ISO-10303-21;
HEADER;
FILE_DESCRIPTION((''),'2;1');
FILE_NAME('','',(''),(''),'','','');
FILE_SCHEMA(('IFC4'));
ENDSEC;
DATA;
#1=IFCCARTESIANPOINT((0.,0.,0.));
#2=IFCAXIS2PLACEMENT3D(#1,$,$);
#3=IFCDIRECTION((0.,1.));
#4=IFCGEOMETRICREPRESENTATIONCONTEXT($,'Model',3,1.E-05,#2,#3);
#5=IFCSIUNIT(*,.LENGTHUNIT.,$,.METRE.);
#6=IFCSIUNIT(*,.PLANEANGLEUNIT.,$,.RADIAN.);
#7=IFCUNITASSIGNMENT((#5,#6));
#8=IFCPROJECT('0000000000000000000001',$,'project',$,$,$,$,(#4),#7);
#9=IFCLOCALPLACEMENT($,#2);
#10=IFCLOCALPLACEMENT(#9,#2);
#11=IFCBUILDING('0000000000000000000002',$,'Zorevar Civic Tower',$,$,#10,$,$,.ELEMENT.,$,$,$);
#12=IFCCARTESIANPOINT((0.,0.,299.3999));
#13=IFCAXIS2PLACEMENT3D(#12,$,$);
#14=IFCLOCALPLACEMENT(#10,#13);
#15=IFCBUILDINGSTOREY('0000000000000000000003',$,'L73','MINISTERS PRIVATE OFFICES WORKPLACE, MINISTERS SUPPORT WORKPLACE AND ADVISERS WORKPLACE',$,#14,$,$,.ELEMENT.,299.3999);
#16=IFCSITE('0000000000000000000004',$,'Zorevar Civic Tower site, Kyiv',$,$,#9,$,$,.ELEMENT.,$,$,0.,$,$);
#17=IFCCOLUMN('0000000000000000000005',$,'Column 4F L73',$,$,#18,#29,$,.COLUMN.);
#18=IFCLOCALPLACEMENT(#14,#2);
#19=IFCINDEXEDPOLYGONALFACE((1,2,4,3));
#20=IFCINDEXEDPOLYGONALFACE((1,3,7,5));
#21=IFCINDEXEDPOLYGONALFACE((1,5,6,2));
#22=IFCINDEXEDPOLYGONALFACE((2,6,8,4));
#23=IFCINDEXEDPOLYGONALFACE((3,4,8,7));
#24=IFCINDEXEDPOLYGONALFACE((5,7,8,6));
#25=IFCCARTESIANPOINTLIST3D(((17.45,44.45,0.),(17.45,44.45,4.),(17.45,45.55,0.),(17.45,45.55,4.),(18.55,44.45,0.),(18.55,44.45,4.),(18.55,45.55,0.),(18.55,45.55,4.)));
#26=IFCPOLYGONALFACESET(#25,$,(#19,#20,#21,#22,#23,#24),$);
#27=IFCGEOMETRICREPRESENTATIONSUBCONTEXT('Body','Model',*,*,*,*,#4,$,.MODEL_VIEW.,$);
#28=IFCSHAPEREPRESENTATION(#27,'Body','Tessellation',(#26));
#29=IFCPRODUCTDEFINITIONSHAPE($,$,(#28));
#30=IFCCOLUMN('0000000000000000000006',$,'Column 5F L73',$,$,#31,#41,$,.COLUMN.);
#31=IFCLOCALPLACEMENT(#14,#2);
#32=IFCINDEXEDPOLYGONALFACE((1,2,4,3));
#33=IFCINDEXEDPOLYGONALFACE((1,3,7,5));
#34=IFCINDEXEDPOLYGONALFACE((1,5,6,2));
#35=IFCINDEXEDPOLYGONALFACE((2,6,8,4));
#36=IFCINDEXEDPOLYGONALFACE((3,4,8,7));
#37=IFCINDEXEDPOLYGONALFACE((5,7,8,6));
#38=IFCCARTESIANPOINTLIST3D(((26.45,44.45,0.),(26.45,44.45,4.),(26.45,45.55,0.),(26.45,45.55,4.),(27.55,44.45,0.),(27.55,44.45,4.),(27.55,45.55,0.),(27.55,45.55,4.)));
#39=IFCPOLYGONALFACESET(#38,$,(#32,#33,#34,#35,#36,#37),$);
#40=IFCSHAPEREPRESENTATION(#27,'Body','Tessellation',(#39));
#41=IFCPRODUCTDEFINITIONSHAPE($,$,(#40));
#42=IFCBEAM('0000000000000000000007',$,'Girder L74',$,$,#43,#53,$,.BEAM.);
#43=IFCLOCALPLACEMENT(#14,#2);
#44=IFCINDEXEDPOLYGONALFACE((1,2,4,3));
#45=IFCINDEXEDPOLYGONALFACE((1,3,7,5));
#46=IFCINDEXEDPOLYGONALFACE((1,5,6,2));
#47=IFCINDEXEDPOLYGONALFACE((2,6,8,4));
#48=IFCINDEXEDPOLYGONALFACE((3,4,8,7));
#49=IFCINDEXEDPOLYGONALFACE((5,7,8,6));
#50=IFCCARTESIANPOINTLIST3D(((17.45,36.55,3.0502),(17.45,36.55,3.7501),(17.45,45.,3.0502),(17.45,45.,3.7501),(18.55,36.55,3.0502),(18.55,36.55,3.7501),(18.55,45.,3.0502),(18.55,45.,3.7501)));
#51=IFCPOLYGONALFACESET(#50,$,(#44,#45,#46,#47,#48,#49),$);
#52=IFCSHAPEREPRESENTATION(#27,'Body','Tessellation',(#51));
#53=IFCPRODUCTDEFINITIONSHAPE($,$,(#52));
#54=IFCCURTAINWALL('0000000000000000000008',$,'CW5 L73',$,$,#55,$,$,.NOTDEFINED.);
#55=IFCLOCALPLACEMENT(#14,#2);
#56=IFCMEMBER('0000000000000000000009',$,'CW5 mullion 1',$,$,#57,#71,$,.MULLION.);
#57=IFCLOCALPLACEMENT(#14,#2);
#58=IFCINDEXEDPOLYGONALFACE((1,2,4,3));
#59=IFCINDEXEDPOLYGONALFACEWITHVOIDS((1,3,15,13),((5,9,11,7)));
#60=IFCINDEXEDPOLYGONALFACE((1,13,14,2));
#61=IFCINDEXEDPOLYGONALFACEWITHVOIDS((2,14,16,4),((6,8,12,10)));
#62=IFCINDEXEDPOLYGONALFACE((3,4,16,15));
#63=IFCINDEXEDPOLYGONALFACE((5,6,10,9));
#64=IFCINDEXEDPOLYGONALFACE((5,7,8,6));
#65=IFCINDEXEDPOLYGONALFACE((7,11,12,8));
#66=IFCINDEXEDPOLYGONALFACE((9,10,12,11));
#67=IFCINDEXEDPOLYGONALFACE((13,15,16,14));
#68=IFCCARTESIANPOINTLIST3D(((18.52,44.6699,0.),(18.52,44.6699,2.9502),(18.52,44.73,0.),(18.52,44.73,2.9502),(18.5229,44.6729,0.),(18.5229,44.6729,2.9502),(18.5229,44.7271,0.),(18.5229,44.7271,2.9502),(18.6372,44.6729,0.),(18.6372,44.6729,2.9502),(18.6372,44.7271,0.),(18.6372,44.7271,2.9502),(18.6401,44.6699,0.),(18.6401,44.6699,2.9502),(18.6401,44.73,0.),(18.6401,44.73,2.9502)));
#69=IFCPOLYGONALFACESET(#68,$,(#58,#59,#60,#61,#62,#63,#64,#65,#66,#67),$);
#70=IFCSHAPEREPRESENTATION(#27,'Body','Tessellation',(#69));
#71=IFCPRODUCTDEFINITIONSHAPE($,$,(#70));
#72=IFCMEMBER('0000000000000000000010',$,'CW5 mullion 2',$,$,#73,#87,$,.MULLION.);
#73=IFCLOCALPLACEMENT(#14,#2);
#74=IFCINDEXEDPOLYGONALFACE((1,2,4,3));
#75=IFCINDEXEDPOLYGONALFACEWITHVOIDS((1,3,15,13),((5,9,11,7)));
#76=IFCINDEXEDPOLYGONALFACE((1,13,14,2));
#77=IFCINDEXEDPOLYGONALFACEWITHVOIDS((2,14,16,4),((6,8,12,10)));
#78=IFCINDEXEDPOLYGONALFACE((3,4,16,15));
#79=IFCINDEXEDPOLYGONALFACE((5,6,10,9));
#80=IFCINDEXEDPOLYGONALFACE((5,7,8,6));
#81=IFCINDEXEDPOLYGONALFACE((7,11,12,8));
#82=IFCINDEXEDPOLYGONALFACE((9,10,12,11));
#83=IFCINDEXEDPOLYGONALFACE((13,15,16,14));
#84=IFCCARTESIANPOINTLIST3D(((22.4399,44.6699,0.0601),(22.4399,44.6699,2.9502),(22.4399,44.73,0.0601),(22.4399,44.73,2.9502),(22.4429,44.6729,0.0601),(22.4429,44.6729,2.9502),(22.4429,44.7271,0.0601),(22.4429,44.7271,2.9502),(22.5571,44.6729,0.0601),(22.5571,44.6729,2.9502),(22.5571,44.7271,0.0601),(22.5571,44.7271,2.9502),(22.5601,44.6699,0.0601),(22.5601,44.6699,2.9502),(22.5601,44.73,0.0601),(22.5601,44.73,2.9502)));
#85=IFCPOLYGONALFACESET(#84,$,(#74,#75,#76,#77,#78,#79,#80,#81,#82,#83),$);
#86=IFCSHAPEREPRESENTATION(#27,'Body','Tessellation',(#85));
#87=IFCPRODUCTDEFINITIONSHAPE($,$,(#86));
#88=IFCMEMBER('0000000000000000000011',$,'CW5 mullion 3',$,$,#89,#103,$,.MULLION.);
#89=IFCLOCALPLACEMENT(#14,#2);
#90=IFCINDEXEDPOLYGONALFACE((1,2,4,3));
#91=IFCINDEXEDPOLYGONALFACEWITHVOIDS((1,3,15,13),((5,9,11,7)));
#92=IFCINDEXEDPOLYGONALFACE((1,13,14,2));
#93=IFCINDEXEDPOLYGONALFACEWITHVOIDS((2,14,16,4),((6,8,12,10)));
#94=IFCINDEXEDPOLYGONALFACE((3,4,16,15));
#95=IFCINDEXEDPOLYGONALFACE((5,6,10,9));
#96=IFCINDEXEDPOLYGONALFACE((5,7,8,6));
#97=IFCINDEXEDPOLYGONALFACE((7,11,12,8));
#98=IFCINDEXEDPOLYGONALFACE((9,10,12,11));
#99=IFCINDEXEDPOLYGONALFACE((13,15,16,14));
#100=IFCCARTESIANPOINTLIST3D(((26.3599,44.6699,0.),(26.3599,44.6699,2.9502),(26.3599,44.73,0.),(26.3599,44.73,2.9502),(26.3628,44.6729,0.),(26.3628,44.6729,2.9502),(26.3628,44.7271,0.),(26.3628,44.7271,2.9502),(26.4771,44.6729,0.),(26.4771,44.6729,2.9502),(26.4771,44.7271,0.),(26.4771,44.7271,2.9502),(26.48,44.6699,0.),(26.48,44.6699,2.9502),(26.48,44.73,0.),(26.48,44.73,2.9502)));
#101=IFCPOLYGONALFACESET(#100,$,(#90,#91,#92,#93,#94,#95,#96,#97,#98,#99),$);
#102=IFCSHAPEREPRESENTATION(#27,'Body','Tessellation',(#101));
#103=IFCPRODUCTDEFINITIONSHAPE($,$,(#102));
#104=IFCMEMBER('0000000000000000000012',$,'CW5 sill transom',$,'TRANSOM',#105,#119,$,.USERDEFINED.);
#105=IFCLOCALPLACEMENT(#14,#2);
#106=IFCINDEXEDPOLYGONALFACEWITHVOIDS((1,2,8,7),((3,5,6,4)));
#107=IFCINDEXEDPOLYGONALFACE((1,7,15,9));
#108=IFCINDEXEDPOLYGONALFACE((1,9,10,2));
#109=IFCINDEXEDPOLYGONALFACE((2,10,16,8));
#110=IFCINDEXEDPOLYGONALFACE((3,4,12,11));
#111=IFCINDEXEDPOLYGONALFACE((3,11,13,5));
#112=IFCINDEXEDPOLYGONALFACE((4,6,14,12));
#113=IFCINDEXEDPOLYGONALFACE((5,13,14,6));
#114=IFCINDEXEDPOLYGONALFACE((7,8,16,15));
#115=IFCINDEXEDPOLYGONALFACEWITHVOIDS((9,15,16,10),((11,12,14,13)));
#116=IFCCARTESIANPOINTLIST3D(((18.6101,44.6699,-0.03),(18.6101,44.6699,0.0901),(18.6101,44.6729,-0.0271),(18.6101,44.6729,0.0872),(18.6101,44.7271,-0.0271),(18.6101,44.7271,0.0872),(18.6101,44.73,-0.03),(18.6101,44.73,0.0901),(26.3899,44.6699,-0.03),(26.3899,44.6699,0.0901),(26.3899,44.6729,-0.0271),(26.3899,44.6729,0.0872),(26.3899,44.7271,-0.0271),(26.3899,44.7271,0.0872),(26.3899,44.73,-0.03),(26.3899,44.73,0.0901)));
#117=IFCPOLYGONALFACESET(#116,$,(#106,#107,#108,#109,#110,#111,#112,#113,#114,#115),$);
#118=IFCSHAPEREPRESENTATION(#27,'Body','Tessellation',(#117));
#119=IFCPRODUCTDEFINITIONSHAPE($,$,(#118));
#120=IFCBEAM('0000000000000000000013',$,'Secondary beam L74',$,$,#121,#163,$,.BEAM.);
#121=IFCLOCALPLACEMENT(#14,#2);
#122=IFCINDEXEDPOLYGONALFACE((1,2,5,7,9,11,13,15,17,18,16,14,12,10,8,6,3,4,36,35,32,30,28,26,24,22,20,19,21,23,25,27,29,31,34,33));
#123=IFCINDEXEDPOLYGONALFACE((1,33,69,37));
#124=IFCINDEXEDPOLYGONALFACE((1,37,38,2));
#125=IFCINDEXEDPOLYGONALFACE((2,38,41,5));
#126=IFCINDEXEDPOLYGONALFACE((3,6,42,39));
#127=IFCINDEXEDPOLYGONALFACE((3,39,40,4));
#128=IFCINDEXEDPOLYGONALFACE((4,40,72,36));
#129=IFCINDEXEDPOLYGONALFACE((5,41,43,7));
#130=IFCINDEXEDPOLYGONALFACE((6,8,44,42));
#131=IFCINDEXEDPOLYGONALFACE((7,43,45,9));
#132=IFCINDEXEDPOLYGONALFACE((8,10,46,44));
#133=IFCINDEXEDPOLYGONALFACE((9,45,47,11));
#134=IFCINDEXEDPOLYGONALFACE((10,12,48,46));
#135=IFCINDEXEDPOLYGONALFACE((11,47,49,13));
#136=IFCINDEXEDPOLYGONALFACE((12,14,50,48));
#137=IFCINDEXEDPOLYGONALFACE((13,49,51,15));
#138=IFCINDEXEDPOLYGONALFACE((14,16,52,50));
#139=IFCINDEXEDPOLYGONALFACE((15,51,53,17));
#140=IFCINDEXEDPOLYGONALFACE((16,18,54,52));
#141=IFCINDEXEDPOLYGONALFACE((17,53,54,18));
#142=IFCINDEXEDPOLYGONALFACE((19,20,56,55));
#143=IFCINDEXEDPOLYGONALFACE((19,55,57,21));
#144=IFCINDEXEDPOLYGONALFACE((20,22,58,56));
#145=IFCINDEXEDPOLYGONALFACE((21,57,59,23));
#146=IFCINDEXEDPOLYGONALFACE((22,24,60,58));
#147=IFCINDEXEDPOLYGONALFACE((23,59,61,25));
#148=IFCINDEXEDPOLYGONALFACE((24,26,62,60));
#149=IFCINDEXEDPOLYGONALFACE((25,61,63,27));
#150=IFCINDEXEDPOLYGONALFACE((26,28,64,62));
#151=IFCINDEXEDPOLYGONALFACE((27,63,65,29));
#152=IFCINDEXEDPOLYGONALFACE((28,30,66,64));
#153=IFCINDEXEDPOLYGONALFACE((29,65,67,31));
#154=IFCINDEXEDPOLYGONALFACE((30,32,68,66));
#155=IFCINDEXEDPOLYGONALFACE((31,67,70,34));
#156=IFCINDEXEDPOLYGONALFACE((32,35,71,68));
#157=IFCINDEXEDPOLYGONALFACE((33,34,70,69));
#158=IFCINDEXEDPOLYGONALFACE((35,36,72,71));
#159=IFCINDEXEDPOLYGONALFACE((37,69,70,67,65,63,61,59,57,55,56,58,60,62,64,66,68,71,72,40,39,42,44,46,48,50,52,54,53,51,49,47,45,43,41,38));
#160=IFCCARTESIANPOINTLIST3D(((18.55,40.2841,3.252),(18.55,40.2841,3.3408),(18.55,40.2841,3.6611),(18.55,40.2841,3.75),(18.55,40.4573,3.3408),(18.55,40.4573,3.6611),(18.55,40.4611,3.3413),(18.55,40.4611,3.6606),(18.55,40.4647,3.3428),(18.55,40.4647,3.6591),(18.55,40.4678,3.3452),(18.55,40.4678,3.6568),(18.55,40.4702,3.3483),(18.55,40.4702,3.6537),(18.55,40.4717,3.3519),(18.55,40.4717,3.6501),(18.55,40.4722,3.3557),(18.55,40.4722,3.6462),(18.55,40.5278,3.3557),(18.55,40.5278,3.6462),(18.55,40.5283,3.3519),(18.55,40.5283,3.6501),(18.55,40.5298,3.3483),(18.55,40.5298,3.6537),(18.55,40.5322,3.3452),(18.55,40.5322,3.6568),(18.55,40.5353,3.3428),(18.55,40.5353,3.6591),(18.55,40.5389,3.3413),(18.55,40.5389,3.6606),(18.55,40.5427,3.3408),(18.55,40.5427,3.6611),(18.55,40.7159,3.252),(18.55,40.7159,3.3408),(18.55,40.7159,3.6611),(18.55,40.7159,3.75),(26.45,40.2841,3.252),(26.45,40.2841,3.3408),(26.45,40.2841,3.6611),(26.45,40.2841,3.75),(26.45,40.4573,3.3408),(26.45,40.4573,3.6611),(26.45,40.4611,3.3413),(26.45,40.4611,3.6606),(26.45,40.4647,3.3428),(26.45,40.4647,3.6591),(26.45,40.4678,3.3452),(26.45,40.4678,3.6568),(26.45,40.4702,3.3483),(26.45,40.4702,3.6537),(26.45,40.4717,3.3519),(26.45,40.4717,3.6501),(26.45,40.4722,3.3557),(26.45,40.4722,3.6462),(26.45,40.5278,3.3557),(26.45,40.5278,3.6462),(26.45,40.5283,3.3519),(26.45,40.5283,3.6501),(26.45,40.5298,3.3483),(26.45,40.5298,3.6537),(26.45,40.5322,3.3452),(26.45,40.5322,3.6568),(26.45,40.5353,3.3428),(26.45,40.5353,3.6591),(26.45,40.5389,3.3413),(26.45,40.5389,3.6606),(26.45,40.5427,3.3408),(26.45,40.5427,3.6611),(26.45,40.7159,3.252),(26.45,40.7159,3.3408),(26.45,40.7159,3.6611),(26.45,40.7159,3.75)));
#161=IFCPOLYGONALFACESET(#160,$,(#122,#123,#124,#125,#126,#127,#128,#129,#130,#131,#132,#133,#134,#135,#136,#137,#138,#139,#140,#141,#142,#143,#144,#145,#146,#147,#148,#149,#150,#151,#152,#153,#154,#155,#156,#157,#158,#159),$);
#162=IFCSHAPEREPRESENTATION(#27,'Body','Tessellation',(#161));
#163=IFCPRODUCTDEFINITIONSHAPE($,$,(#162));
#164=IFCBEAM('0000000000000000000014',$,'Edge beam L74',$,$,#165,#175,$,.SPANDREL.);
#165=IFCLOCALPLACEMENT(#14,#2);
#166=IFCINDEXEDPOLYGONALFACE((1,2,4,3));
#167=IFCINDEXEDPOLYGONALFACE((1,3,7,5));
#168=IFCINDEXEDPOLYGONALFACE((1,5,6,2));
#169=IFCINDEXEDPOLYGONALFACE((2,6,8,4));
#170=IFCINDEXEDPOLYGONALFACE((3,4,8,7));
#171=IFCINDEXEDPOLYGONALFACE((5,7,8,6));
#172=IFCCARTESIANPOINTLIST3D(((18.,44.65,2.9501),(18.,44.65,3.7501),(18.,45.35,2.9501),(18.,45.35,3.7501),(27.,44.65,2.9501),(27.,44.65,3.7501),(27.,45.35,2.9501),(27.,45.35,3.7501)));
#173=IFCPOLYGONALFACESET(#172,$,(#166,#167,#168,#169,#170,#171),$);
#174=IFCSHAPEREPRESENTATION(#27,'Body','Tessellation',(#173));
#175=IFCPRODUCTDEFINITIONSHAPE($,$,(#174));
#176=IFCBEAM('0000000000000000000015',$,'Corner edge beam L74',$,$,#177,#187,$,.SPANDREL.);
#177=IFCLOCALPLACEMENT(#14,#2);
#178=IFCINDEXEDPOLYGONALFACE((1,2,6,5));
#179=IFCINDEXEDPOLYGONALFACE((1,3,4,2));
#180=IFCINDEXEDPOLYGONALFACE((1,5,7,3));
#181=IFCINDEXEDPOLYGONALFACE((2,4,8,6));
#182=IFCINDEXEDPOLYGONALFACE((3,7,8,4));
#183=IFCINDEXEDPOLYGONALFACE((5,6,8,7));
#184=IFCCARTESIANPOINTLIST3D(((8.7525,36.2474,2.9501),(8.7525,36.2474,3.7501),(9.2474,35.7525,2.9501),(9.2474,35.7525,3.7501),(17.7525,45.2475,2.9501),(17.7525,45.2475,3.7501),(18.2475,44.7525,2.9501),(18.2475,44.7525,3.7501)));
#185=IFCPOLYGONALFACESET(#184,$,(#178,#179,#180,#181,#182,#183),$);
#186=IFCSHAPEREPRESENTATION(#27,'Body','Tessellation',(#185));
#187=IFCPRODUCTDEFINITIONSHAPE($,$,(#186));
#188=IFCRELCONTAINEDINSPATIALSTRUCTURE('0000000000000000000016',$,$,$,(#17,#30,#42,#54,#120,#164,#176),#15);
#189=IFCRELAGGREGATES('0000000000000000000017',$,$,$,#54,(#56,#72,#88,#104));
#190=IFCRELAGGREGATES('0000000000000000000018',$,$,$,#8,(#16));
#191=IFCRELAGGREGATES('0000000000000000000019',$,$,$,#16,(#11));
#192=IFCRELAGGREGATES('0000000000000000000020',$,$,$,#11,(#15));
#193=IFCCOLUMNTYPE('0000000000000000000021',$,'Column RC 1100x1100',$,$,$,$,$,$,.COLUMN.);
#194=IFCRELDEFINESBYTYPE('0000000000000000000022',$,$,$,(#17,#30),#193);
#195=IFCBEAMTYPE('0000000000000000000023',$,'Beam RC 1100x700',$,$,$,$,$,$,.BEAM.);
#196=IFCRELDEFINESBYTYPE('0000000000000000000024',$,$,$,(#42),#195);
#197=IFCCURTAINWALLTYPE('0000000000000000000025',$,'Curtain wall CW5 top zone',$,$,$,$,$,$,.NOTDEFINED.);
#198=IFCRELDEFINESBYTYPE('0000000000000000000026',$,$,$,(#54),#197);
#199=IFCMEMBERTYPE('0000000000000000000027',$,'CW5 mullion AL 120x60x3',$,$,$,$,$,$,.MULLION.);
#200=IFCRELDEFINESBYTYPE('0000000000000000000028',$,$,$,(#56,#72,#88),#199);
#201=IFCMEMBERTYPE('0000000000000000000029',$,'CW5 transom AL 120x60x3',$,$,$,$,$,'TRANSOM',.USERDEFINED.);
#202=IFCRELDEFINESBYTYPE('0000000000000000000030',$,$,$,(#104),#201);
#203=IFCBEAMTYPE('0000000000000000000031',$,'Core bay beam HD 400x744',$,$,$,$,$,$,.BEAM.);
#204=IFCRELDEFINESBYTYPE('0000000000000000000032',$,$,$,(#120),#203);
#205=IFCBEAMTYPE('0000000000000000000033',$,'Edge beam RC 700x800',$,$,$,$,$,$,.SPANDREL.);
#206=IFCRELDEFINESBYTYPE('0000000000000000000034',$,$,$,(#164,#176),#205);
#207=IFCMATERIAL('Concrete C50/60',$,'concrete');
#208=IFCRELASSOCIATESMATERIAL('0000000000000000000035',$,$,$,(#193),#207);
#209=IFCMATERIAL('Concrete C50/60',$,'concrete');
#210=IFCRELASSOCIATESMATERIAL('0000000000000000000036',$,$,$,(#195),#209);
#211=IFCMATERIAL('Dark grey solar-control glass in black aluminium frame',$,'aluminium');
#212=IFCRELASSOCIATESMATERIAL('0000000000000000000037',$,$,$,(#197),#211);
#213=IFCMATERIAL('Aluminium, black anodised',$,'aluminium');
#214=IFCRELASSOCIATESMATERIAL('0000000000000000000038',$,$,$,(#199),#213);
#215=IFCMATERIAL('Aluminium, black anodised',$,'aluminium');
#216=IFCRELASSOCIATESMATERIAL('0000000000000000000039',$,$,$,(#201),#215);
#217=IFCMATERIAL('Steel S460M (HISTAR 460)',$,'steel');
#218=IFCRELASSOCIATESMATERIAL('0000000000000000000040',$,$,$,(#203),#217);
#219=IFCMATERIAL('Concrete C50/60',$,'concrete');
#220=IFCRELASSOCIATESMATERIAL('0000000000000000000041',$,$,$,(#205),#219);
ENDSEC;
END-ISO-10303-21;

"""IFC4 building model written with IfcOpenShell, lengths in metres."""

from ifc_helpers import new_model, si_unit, direction, frame, origin, origin_2d, place, context, subcontext, project, spatial, rectangle, hollow_rectangle, i_section, extrude, material, material_profile, profile_set, type_object, element, aggregate, save


model = new_model("IFC4")

# Units and contexts
model_context = context("Model", 3, precision=1e-05, world=origin(), true_north=direction((0.0, 1.0)))
body_context = subcontext(model_context, "Body", "Model", "MODEL_VIEW")
ifc_project = project(units=[si_unit("LENGTHUNIT", "METRE"), si_unit("PLANEANGLEUNIT", "RADIAN")], contexts=[model_context])

# Site, building, storey
site_placement = place(None, origin())
site = spatial("IfcSite", under=ifc_project, at=site_placement, Name="Zorevar Civic Tower site, Kyiv", CompositionType="ELEMENT", RefElevation=0.0)
building_placement = place(site_placement, origin())
building = spatial("IfcBuilding", under=site, at=building_placement, Name="Zorevar Civic Tower", CompositionType="ELEMENT")
storey_placement = place(building_placement, frame((0.0, 0.0, 299.3999)))
storey = spatial("IfcBuildingStorey", under=building, at=storey_placement, Name="L73", Description="MINISTERS PRIVATE OFFICES WORKPLACE, MINISTERS SUPPORT WORKPLACE AND ADVISERS WORKPLACE", CompositionType="ELEMENT", Elevation=299.3999)

# Columns
ifc_material_1 = material(Name="Concrete C50/60", Category="concrete")
ifc_material_profile_1 = material_profile(ifc_material_1, rectangle(XDim=1.1001, YDim=1.1001, at=origin_2d()), Name="RC 1100x1100")
ifc_profile_set_1 = profile_set([ifc_material_profile_1], Name="Concrete C50/60")
column_type = type_object("IfcColumnType", Name="Column RC 1100x1100", PredefinedType="COLUMN", material=ifc_profile_set_1)
for number, where, z_axis, x_axis, name in (
    (1, (18.0, 45.0, 0.0), (0.0, 0.0, 1.0), (1.0, 0.0, 0.0), "Column 4F L73"),
    (2, (27.0, 45.0, 0.0), (0.0, 0.0, 1.0), (1.0, 0.0, 0.0), "Column 5F L73"),
):
    element("IfcColumn", number, at=place(storey_placement, frame(where, z_axis=z_axis, x_axis=x_axis)), inside=storey, type_object=column_type, Name=name, PredefinedType="COLUMN", context=body_context, shape_type="SweptSolid", body=[
        extrude(rectangle(XDim=1.1001, YDim=1.1001, at=origin_2d()), origin(), (0.0, 0.0, 1.0), 4.0),
    ])

# Beam
ifc_material_2 = material(Name="Concrete C50/60", Category="concrete")
ifc_material_profile_2 = material_profile(ifc_material_2, rectangle(XDim=1.1001, YDim=0.7, at=origin_2d()), Name="RC 1100x700")
ifc_profile_set_2 = profile_set([ifc_material_profile_2], Name="Concrete C50/60")
beam_type_1 = type_object("IfcBeamType", Name="Beam RC 1100x700", PredefinedType="BEAM", material=ifc_profile_set_2)
beam_1_placement = place(storey_placement, frame((18.0, 36.55, 3.4001), z_axis=(0.0, 1.0, 0.0), x_axis=(-1.0, 0.0, 0.0)))
element("IfcBeam", 3, at=beam_1_placement, inside=storey, type_object=beam_type_1, Name="Girder L74", PredefinedType="BEAM", context=body_context, shape_type="SweptSolid", body=[
    extrude(rectangle(XDim=1.1001, YDim=0.7, at=origin_2d()), origin(), (0.0, 0.0, 1.0), 8.45),
])

# Curtain wall, members
ifc_material_3 = material(Name="Dark grey solar-control glass in black aluminium frame", Category="aluminium")
curtain_wall_type = type_object("IfcCurtainWallType", Name="Curtain wall CW5 top zone", PredefinedType="NOTDEFINED", material=ifc_material_3)
curtain_wall_placement = place(storey_placement, origin())
curtain_wall = element("IfcCurtainWall", 4, at=curtain_wall_placement, inside=storey, type_object=curtain_wall_type, Name="CW5 L73", PredefinedType="NOTDEFINED")
ifc_material_4 = material(Name="Aluminium, black anodised", Category="aluminium")
ifc_material_profile_3 = material_profile(ifc_material_4, hollow_rectangle(XDim=0.0601, YDim=0.1201, WallThickness=0.0029, at=origin_2d()), Name="AL 120x60x3")
ifc_profile_set_3 = profile_set([ifc_material_profile_3], Name="Aluminium, black anodised")
member_type_1 = type_object("IfcMemberType", Name="CW5 mullion AL 120x60x3", PredefinedType="MULLION", material=ifc_profile_set_3)
member_1_placement = place(storey_placement, frame((18.5801, 44.7, 0.0), z_axis=(0.0, 0.0, 1.0), x_axis=(0.0, 1.0, 0.0)))
member_1 = element("IfcMember", 5, at=member_1_placement, type_object=member_type_1, Name="CW5 mullion 1", PredefinedType="MULLION", context=body_context, shape_type="SweptSolid", body=[
    extrude(hollow_rectangle(XDim=0.0601, YDim=0.1201, WallThickness=0.0029, at=origin_2d()), origin(), (0.0, 0.0, 1.0), 2.9502),
])
member_2_placement = place(storey_placement, frame((22.5, 44.7, 0.0601), z_axis=(0.0, 0.0, 1.0), x_axis=(0.0, 1.0, 0.0)))
member_2 = element("IfcMember", 6, at=member_2_placement, type_object=member_type_1, Name="CW5 mullion 2", PredefinedType="MULLION", context=body_context, shape_type="SweptSolid", body=[
    extrude(hollow_rectangle(XDim=0.0601, YDim=0.1201, WallThickness=0.0029, at=origin_2d()), origin(), (0.0, 0.0, 1.0), 2.8901),
])
member_3_placement = place(storey_placement, frame((26.4199, 44.7, 0.0), z_axis=(0.0, 0.0, 1.0), x_axis=(0.0, 1.0, 0.0)))
member_3 = element("IfcMember", 7, at=member_3_placement, type_object=member_type_1, Name="CW5 mullion 3", PredefinedType="MULLION", context=body_context, shape_type="SweptSolid", body=[
    extrude(hollow_rectangle(XDim=0.0601, YDim=0.1201, WallThickness=0.0029, at=origin_2d()), origin(), (0.0, 0.0, 1.0), 2.9502),
])
ifc_material_5 = material(Name="Aluminium, black anodised", Category="aluminium")
ifc_material_profile_4 = material_profile(ifc_material_5, hollow_rectangle(XDim=0.0601, YDim=0.1201, WallThickness=0.0029, at=origin_2d()), Name="AL 120x60x3")
ifc_profile_set_4 = profile_set([ifc_material_profile_4], Name="Aluminium, black anodised")
member_type_2 = type_object("IfcMemberType", Name="CW5 transom AL 120x60x3", ElementType="TRANSOM", PredefinedType="USERDEFINED", material=ifc_profile_set_4)
member_4_placement = place(storey_placement, frame((18.6101, 44.7, 0.03), z_axis=(1.0, 0.0, 0.0), x_axis=(0.0, 1.0, 0.0)))
member_4 = element("IfcMember", 8, at=member_4_placement, type_object=member_type_2, Name="CW5 sill transom", ObjectType="TRANSOM", PredefinedType="USERDEFINED", context=body_context, shape_type="SweptSolid", body=[
    extrude(hollow_rectangle(XDim=0.0601, YDim=0.1201, WallThickness=0.0029, at=origin_2d()), origin(), (0.0, 0.0, 1.0), 7.7798),
])

# Beams
ifc_material_6 = material(Name="Steel S460M (HISTAR 460)", Category="steel")
ifc_material_profile_5 = material_profile(ifc_material_6, i_section(OverallWidth=0.4319, OverallDepth=0.498, WebThickness=0.0557, FlangeThickness=0.0889, FilletRadius=0.0149, at=origin_2d()), Name="HD 400x744")
ifc_profile_set_5 = profile_set([ifc_material_profile_5], Name="Steel S460M (HISTAR 460)")
beam_type_2 = type_object("IfcBeamType", Name="Core bay beam HD 400x744", PredefinedType="BEAM", material=ifc_profile_set_5)
beam_2_placement = place(storey_placement, frame((18.55, 40.5, 3.501), z_axis=(1.0, 0.0, 0.0), x_axis=(0.0, 1.0, 0.0)))
element("IfcBeam", 9, at=beam_2_placement, inside=storey, type_object=beam_type_2, Name="Secondary beam L74", PredefinedType="BEAM", context=body_context, shape_type="SweptSolid", body=[
    extrude(i_section(OverallWidth=0.4319, OverallDepth=0.498, WebThickness=0.0557, FlangeThickness=0.0889, FilletRadius=0.0149, at=origin_2d()), origin(), (0.0, 0.0, 1.0), 7.8999),
])
ifc_material_7 = material(Name="Concrete C50/60", Category="concrete")
ifc_material_profile_6 = material_profile(ifc_material_7, rectangle(XDim=0.7, YDim=0.8, at=origin_2d()), Name="RC 700x800")
ifc_profile_set_6 = profile_set([ifc_material_profile_6], Name="Concrete C50/60")
beam_type_3 = type_object("IfcBeamType", Name="Edge beam RC 700x800", PredefinedType="SPANDREL", material=ifc_profile_set_6)
beam_3_placement = place(storey_placement, frame((18.0, 45.0, 3.3501), z_axis=(1.0, 0.0, 0.0), x_axis=(0.0, 1.0, 0.0)))
element("IfcBeam", 10, at=beam_3_placement, inside=storey, type_object=beam_type_3, Name="Edge beam L74", PredefinedType="SPANDREL", context=body_context, shape_type="SweptSolid", body=[
    extrude(rectangle(XDim=0.7, YDim=0.8, at=origin_2d()), origin(), (0.0, 0.0, 1.0), 9.0),
])
beam_4_placement = place(storey_placement, frame((18.0, 45.0, 3.3501), z_axis=(-0.707107, -0.707107, 0.0), x_axis=(0.707107, -0.707107, 0.0)))
element("IfcBeam", 11, at=beam_4_placement, inside=storey, type_object=beam_type_3, Name="Corner edge beam L74", PredefinedType="SPANDREL", context=body_context, shape_type="SweptSolid", body=[
    extrude(rectangle(XDim=0.7, YDim=0.8, at=origin_2d()), origin(), (0.0, 0.0, 1.0), 12.728),
])

aggregate(curtain_wall, [member_1, member_2, member_3, member_4])

save(model, "model.ifc")
